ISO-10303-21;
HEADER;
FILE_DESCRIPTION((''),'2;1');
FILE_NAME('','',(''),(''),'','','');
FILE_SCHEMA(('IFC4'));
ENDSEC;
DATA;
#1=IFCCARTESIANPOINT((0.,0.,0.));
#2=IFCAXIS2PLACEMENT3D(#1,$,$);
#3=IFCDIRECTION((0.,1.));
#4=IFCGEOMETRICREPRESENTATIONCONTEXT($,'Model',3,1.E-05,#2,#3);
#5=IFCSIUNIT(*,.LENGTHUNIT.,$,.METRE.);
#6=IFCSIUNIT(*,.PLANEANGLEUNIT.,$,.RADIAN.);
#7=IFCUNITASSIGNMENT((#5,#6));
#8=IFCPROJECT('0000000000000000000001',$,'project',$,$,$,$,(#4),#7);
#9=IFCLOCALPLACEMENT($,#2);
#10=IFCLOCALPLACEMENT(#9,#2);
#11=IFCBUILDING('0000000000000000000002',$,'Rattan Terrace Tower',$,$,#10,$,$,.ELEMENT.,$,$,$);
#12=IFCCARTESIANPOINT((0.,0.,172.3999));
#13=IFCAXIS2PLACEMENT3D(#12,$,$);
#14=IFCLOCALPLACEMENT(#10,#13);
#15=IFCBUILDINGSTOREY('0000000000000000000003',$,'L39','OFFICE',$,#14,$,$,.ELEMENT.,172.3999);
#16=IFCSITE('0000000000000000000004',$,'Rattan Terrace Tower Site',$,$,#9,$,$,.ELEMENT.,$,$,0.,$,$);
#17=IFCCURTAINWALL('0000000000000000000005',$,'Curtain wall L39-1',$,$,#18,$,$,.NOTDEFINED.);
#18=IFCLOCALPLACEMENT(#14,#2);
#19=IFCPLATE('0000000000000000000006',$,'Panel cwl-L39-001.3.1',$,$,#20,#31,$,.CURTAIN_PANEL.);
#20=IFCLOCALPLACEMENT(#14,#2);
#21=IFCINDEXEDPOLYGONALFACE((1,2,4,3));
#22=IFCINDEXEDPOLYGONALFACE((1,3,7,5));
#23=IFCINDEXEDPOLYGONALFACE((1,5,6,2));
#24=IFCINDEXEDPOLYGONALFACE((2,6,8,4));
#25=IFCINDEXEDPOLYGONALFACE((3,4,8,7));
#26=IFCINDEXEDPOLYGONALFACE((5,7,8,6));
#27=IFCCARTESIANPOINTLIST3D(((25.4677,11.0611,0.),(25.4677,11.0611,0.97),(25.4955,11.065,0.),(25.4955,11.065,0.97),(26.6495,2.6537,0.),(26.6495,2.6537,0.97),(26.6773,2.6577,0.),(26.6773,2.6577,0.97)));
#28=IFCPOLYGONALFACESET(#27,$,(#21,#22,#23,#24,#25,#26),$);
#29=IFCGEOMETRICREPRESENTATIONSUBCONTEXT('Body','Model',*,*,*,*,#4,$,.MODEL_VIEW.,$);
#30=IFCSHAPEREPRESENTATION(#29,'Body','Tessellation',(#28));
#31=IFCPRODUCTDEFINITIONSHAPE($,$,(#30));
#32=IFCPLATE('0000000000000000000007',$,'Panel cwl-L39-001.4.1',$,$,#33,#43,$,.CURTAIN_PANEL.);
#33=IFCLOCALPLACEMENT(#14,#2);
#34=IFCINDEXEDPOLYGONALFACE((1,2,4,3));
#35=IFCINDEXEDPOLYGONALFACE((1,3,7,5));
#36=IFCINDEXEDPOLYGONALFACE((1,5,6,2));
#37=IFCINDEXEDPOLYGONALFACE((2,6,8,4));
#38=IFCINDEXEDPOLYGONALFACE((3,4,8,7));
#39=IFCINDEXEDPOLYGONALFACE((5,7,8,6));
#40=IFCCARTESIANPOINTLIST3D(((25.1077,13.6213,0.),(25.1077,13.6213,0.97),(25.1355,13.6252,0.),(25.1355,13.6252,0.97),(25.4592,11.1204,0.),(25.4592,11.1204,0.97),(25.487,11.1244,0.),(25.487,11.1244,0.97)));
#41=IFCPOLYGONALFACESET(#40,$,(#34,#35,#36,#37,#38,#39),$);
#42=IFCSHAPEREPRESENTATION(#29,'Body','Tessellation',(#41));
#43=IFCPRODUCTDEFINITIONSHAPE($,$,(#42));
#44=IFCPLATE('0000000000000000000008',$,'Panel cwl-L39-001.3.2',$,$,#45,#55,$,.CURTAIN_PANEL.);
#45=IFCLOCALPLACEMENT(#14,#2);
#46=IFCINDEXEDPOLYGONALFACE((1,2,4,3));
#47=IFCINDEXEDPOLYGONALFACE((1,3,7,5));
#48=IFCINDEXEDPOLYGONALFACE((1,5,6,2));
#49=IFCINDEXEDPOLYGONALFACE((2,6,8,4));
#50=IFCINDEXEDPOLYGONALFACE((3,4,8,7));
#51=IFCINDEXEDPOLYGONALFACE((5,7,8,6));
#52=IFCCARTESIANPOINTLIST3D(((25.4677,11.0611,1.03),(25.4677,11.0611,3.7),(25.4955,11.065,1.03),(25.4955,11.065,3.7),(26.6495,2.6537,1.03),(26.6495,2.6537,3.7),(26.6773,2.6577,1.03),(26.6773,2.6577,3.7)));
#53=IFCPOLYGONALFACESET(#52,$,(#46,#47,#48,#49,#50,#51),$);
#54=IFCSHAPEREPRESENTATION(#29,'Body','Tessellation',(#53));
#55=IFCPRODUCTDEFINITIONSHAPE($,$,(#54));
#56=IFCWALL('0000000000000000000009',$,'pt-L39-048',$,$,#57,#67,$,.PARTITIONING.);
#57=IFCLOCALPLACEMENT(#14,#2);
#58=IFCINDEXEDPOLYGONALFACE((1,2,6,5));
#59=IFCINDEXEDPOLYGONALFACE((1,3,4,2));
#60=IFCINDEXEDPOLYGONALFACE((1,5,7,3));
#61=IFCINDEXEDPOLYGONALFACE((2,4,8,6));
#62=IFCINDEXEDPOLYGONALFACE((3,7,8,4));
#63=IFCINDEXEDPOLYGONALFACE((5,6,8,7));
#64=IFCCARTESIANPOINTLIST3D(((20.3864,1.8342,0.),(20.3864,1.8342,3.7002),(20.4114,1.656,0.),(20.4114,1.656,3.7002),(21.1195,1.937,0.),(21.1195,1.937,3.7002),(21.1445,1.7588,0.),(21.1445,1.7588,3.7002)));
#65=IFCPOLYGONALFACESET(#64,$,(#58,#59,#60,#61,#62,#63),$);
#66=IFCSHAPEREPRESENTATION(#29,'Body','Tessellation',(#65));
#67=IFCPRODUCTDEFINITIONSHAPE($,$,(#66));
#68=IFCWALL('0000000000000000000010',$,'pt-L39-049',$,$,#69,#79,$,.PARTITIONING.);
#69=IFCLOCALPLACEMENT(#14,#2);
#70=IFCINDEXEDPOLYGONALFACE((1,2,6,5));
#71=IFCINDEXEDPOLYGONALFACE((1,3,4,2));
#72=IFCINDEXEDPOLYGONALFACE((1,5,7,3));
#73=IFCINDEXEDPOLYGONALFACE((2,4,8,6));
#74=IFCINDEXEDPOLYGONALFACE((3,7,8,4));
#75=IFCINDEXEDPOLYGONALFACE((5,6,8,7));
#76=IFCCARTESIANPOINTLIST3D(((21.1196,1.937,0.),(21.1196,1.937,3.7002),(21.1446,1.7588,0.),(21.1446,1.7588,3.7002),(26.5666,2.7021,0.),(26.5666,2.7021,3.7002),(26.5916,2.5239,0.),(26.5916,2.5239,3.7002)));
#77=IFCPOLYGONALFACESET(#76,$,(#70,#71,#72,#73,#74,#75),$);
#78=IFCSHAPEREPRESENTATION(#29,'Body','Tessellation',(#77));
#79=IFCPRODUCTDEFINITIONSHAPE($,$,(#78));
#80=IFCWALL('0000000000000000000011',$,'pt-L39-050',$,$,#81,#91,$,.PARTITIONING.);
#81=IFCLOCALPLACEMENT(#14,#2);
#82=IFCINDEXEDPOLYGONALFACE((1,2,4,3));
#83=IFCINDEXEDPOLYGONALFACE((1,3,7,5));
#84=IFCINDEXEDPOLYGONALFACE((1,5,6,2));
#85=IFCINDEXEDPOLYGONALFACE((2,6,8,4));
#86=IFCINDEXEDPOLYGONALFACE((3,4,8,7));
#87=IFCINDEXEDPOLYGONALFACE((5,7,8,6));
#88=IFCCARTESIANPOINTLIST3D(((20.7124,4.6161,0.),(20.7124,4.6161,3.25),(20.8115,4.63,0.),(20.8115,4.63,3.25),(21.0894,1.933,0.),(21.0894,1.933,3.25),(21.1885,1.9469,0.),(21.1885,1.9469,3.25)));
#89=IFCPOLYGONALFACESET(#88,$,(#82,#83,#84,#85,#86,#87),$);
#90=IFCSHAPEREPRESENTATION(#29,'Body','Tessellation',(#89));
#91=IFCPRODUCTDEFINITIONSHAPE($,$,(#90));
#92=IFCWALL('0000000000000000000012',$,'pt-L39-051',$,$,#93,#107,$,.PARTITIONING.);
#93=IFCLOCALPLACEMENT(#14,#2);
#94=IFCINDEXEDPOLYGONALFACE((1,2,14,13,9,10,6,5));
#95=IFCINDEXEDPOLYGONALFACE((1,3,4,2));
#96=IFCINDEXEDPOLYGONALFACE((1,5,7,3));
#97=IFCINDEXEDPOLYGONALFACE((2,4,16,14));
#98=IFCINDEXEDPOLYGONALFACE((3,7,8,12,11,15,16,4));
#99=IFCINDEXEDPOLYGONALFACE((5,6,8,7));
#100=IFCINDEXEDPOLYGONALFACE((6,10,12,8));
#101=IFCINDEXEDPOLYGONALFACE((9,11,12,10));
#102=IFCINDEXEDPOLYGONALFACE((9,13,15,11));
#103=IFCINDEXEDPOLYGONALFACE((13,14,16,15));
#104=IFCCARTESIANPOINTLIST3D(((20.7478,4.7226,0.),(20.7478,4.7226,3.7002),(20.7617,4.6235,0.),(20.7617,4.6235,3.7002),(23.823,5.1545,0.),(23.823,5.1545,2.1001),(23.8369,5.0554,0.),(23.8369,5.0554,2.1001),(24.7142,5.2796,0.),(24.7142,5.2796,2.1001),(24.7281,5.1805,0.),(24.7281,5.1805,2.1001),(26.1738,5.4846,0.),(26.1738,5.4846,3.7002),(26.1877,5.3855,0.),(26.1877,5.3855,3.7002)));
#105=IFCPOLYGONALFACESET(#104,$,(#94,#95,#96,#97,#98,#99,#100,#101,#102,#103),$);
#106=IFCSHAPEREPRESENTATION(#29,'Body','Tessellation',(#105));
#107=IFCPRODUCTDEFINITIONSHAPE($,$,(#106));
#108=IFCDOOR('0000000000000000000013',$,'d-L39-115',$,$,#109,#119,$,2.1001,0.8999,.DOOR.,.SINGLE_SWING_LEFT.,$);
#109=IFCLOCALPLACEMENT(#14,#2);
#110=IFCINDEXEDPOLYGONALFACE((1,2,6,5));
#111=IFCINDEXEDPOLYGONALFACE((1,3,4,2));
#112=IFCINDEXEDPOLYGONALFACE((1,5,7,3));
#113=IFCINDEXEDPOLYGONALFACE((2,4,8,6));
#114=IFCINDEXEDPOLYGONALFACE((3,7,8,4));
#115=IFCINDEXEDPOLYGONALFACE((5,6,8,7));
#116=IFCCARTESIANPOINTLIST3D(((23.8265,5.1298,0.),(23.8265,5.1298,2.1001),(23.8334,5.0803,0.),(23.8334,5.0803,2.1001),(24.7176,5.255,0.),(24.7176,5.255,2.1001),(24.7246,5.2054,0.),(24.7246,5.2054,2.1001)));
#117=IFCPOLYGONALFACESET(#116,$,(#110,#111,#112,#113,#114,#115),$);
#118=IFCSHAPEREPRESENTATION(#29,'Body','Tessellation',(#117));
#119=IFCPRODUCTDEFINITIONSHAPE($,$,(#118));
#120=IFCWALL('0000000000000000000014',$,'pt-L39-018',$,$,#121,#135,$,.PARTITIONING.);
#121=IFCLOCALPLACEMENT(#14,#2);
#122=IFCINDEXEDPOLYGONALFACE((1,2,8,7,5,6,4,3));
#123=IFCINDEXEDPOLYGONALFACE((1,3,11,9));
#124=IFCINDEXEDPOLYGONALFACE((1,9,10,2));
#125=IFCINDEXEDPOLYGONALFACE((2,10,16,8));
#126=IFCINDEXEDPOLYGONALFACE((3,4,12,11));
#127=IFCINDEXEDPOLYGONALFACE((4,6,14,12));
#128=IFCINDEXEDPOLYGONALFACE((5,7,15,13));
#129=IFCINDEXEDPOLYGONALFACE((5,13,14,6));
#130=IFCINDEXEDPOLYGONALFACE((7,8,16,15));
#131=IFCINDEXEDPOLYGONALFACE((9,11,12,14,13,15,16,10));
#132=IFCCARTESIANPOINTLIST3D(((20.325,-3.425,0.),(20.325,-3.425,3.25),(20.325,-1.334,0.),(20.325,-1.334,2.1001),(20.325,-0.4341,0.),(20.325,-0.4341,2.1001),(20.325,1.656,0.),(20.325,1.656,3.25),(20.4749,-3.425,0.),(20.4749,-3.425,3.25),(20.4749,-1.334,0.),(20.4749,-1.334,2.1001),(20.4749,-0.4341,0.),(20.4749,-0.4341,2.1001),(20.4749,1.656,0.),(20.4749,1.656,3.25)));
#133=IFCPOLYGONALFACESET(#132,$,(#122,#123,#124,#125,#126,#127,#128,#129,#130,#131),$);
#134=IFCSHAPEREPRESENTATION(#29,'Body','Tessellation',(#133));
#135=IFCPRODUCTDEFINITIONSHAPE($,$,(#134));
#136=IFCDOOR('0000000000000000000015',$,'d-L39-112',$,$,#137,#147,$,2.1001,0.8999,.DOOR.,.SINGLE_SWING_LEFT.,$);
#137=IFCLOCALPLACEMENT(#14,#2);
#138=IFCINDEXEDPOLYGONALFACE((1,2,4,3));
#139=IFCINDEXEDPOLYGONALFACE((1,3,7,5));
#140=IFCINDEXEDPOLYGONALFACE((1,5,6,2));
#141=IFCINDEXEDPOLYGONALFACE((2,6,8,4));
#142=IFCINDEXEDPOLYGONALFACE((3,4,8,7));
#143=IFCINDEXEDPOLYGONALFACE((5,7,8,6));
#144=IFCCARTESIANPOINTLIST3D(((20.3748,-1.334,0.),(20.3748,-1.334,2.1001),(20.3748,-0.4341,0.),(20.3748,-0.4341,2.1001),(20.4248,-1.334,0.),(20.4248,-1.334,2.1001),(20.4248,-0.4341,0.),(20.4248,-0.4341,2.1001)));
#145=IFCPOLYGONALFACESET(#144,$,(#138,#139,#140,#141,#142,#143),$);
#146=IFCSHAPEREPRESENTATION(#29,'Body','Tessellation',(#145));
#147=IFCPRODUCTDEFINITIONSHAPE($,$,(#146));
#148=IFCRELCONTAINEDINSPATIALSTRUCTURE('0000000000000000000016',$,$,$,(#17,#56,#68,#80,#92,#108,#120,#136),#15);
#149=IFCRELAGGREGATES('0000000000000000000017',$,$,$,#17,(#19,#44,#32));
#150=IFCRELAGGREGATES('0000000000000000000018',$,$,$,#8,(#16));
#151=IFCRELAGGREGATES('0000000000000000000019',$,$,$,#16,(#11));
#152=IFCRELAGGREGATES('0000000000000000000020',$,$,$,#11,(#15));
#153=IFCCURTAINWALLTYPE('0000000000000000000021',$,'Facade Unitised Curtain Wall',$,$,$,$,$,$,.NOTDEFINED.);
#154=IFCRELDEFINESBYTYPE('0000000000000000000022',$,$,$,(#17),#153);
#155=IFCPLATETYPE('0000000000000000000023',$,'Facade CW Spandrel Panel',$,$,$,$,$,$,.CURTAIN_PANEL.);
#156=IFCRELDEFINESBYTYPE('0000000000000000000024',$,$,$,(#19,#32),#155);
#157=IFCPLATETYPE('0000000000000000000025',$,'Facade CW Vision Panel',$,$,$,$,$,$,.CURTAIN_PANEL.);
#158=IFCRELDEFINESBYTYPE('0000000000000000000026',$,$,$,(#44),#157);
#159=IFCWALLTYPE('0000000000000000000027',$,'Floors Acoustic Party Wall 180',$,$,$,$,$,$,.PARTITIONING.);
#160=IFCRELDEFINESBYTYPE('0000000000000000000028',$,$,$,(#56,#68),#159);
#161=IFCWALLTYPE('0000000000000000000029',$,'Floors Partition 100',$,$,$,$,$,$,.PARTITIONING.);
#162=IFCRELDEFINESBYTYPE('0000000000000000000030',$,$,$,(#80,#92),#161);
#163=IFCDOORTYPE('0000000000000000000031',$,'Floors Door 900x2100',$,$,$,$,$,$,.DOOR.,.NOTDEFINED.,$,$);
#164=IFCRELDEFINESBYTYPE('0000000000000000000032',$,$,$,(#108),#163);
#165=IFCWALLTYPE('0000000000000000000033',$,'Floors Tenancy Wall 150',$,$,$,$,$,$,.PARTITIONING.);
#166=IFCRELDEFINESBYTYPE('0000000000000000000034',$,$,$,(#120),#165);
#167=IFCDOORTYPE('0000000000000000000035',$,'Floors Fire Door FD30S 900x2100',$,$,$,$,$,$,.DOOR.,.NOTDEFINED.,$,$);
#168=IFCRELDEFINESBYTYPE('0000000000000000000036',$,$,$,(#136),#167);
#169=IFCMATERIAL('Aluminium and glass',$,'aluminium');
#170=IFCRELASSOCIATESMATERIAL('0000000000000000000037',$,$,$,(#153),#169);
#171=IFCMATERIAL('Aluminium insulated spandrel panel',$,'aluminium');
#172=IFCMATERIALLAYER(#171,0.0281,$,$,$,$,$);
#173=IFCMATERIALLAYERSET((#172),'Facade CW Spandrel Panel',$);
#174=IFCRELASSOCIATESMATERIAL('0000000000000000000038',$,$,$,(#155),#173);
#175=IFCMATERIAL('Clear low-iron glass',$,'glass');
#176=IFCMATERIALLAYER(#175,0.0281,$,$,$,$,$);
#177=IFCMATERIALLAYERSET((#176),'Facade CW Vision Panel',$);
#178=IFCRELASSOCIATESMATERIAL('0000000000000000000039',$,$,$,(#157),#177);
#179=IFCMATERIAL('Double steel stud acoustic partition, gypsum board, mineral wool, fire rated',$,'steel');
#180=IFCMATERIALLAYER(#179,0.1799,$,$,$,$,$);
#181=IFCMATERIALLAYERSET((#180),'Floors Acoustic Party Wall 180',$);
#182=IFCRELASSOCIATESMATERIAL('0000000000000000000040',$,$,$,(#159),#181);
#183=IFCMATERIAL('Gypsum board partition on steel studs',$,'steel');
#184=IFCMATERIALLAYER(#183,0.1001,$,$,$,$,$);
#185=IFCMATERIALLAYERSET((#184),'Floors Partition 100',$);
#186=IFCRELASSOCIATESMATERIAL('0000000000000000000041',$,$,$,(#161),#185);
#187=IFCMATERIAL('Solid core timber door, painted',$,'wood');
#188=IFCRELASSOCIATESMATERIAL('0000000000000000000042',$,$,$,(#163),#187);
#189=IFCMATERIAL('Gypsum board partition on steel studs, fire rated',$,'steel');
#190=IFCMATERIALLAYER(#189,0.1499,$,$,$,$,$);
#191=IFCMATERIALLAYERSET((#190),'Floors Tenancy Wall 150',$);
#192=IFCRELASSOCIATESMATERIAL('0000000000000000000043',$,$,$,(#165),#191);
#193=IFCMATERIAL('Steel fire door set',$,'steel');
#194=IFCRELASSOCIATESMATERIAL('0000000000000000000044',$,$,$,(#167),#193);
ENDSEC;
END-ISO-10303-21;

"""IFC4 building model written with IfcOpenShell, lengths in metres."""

from ifc_helpers import new_model, si_unit, direction, frame, frame_2d, origin, origin_2d, place, context, subcontext, project, spatial, rectangle, extrude, material, layer, layer_set, type_object, element, fill, aggregate, save


model = new_model("IFC4")

# Units and contexts
model_context = context("Model", 3, precision=1e-05, world=origin(), true_north=direction((0.0, 1.0)))
body_context = subcontext(model_context, "Body", "Model", "MODEL_VIEW")
ifc_project = project(units=[si_unit("LENGTHUNIT", "METRE"), si_unit("PLANEANGLEUNIT", "RADIAN")], contexts=[model_context])

# Site, building, storey
site_placement = place(None, origin())
site = spatial("IfcSite", under=ifc_project, at=site_placement, Name="Rattan Terrace Tower Site", CompositionType="ELEMENT", RefElevation=0.0)
building_placement = place(site_placement, origin())
building = spatial("IfcBuilding", under=site, at=building_placement, Name="Rattan Terrace Tower", CompositionType="ELEMENT")
storey_placement = place(building_placement, frame((0.0, 0.0, 172.3999)))
storey = spatial("IfcBuildingStorey", under=building, at=storey_placement, Name="L39", Description="OFFICE", CompositionType="ELEMENT", Elevation=172.3999)

# Curtain wall
ifc_material_1 = material(Name="Aluminium and glass", Category="aluminium")
curtain_wall_type = type_object("IfcCurtainWallType", Name="Facade Unitised Curtain Wall", PredefinedType="NOTDEFINED", material=ifc_material_1)
curtain_wall_placement = place(storey_placement, origin())
curtain_wall = element("IfcCurtainWall", 1, at=curtain_wall_placement, inside=storey, type_object=curtain_wall_type, Name="Curtain wall L39-1", PredefinedType="NOTDEFINED")

# Plates
ifc_material_2 = material(Name="Aluminium insulated spandrel panel", Category="aluminium")
ifc_layer_1 = layer(ifc_material_2, 0.0281)
ifc_layer_set_1 = layer_set([ifc_layer_1], Name="Facade CW Spandrel Panel")
plate_type_1 = type_object("IfcPlateType", Name="Facade CW Spandrel Panel", PredefinedType="CURTAIN_PANEL", material=ifc_layer_set_1)
plate_1_placement = place(storey_placement, frame((26.0725, 6.8594, 0.0), z_axis=(0.0, 0.0, 1.0), x_axis=(-0.139191, 0.990266, 0.0)))
plate_1 = element("IfcPlate", 2, at=plate_1_placement, type_object=plate_type_1, Name="Panel cwl-L39-001.3.1", PredefinedType="CURTAIN_PANEL", context=body_context, shape_type="SweptSolid", body=[
    extrude(rectangle(XDim=8.49, YDim=0.0281, at=origin_2d()), origin(), (0.0, 0.0, 1.0), 0.97),
])
plate_2_placement = place(storey_placement, frame((25.2974, 12.3728, 0.0), z_axis=(0.0, 0.0, 1.0), x_axis=(-0.139191, 0.990266, 0.0)))
plate_2 = element("IfcPlate", 3, at=plate_2_placement, type_object=plate_type_1, Name="Panel cwl-L39-001.4.1", PredefinedType="CURTAIN_PANEL", context=body_context, shape_type="SweptSolid", body=[
    extrude(rectangle(XDim=2.5254, YDim=0.0281, at=origin_2d()), origin(), (0.0, 0.0, 1.0), 0.97),
])
ifc_material_3 = material(Name="Clear low-iron glass", Category="glass")
ifc_layer_2 = layer(ifc_material_3, 0.0281)
ifc_layer_set_2 = layer_set([ifc_layer_2], Name="Facade CW Vision Panel")
plate_type_2 = type_object("IfcPlateType", Name="Facade CW Vision Panel", PredefinedType="CURTAIN_PANEL", material=ifc_layer_set_2)
plate_3_placement = place(storey_placement, frame((26.0725, 6.8594, 1.03), z_axis=(0.0, 0.0, 1.0), x_axis=(-0.139191, 0.990266, 0.0)))
plate_3 = element("IfcPlate", 4, at=plate_3_placement, type_object=plate_type_2, Name="Panel cwl-L39-001.3.2", PredefinedType="CURTAIN_PANEL", context=body_context, shape_type="SweptSolid", body=[
    extrude(rectangle(XDim=8.49, YDim=0.0281, at=origin_2d()), origin(), (0.0, 0.0, 1.0), 2.6699),
])
aggregate(curtain_wall, [plate_1, plate_3, plate_2])

# Walls
ifc_material_4 = material(Name="Double steel stud acoustic partition, gypsum board, mineral wool, fire rated", Category="steel")
ifc_layer_3 = layer(ifc_material_4, 0.1799)
ifc_layer_set_3 = layer_set([ifc_layer_3], Name="Floors Acoustic Party Wall 180")
wall_type_1 = type_object("IfcWallType", Name="Floors Acoustic Party Wall 180", PredefinedType="PARTITIONING", material=ifc_layer_set_3)
wall_1_placement = place(storey_placement, frame((20.3989, 1.7451, 0.0), z_axis=(0.0, 0.0, 1.0), x_axis=(0.990315, 0.138835, 0.0)))
element("IfcWall", 5, at=wall_1_placement, inside=storey, type_object=wall_type_1, Name="pt-L39-048", PredefinedType="PARTITIONING", context=body_context, shape_type="SweptSolid", body=[
    extrude(rectangle(XDim=0.7402, YDim=0.1799, at=frame_2d((0.3701, 0.0))), origin(), (0.0, 0.0, 1.0), 3.7002),
])
wall_2_placement = place(storey_placement, frame((21.1321, 1.8479, 0.0), z_axis=(0.0, 0.0, 1.0), x_axis=(0.990278, 0.139103, 0.0)))
element("IfcWall", 6, at=wall_2_placement, inside=storey, type_object=wall_type_1, Name="pt-L39-049", PredefinedType="PARTITIONING", context=body_context, shape_type="SweptSolid", body=[
    extrude(rectangle(XDim=5.5005, YDim=0.1799, at=frame_2d((2.7502, 0.0))), origin(), (0.0, 0.0, 1.0), 3.7002),
])
ifc_material_5 = material(Name="Gypsum board partition on steel studs", Category="steel")
ifc_layer_4 = layer(ifc_material_5, 0.1001)
ifc_layer_set_4 = layer_set([ifc_layer_4], Name="Floors Partition 100")
wall_type_2 = type_object("IfcWallType", Name="Floors Partition 100", PredefinedType="PARTITIONING", material=ifc_layer_set_4)
wall_3_placement = place(storey_placement, frame((20.762, 4.623, 0.0), z_axis=(0.0, 0.0, 1.0), x_axis=(0.139125, -0.990275, 0.0)))
element("IfcWall", 7, at=wall_3_placement, inside=storey, type_object=wall_type_2, Name="pt-L39-050", PredefinedType="PARTITIONING", context=body_context, shape_type="SweptSolid", body=[
    extrude(rectangle(XDim=2.7095, YDim=0.1001, at=frame_2d((1.3547, 0.0))), origin(), (0.0, 0.0, 1.0), 3.25),
])

# Walls, openings, doors
wall_4_placement = place(storey_placement, frame((26.1809, 5.4351, 0.0), z_axis=(0.0, 0.0, 1.0), x_axis=(-0.990284, -0.139063, 0.0)))
wall_4 = element("IfcWall", 8, at=wall_4_placement, inside=storey, type_object=wall_type_2, Name="pt-L39-051", PredefinedType="PARTITIONING", context=body_context, shape_type="SweptSolid", body=[
    extrude(rectangle(XDim=5.4792, YDim=0.1001, at=frame_2d((2.7397, 0.0))), origin(), (0.0, 0.0, 1.0), 3.7002),
])
opening_1_placement = place(wall_4_placement, frame((1.4741, 0.0, 0.0)))
opening_1 = element("IfcOpeningElement", 9, at=opening_1_placement, cuts=wall_4, PredefinedType="OPENING", context=body_context, shape_type="SweptSolid", body=[
    extrude(rectangle(XDim=0.8999, YDim=2.1001, at=frame_2d((0.45, 1.05))), frame((0.0, 0.0605, 0.0), z_axis=(0.0, -1.0, 0.0), x_axis=(1.0, 0.0, 0.0)), (0.0, 0.0, 1.0), 0.1211),
])
ifc_material_6 = material(Name="Solid core timber door, painted", Category="wood")
door_type_1 = type_object("IfcDoorType", Name="Floors Door 900x2100", OperationType="NOTDEFINED", PredefinedType="DOOR", material=ifc_material_6)
door_1_placement = place(opening_1_placement, origin())
door_1 = element("IfcDoor", 10, at=door_1_placement, inside=storey, type_object=door_type_1, Name="d-L39-115", OperationType="SINGLE_SWING_LEFT", OverallHeight=2.1001, OverallWidth=0.8999, PredefinedType="DOOR", context=body_context, shape_type="SweptSolid", body=[
    extrude(rectangle(XDim=0.8999, YDim=2.1001, at=frame_2d((0.45, 1.05))), frame((0.0, 0.0249, 0.0), z_axis=(0.0, -1.0, 0.0), x_axis=(1.0, 0.0, 0.0)), (0.0, 0.0, 1.0), 0.05),
])
fill(opening_1, door_1)
ifc_material_7 = material(Name="Gypsum board partition on steel studs, fire rated", Category="steel")
ifc_layer_5 = layer(ifc_material_7, 0.1499)
ifc_layer_set_5 = layer_set([ifc_layer_5], Name="Floors Tenancy Wall 150")
wall_type_3 = type_object("IfcWallType", Name="Floors Tenancy Wall 150", PredefinedType="PARTITIONING", material=ifc_layer_set_5)
wall_5_placement = place(storey_placement, frame((20.3999, 1.656, 0.0), z_axis=(0.0, 0.0, 1.0), x_axis=(0.0, -1.0, 0.0)))
wall_5 = element("IfcWall", 11, at=wall_5_placement, inside=storey, type_object=wall_type_3, Name="pt-L39-018", PredefinedType="PARTITIONING", context=body_context, shape_type="SweptSolid", body=[
    extrude(rectangle(XDim=5.0811, YDim=0.1499, at=frame_2d((2.5405, 0.0))), origin(), (0.0, 0.0, 1.0), 3.25),
])
opening_2_placement = place(wall_5_placement, frame((2.0901, 0.0, 0.0)))
opening_2 = element("IfcOpeningElement", 12, at=opening_2_placement, cuts=wall_5, PredefinedType="OPENING", context=body_context, shape_type="SweptSolid", body=[
    extrude(rectangle(XDim=0.8999, YDim=2.1001, at=frame_2d((0.45, 1.05))), frame((0.0, 0.0854, 0.0), z_axis=(0.0, -1.0, 0.0), x_axis=(1.0, 0.0, 0.0)), (0.0, 0.0, 1.0), 0.1709),
])
ifc_material_8 = material(Name="Steel fire door set", Category="steel")
door_type_2 = type_object("IfcDoorType", Name="Floors Fire Door FD30S 900x2100", OperationType="NOTDEFINED", PredefinedType="DOOR", material=ifc_material_8)
door_2_placement = place(opening_2_placement, origin())
door_2 = element("IfcDoor", 13, at=door_2_placement, inside=storey, type_object=door_type_2, Name="d-L39-112", OperationType="SINGLE_SWING_LEFT", OverallHeight=2.1001, OverallWidth=0.8999, PredefinedType="DOOR", context=body_context, shape_type="SweptSolid", body=[
    extrude(rectangle(XDim=0.8999, YDim=2.1001, at=frame_2d((0.45, 1.05))), frame((0.0, 0.0249, 0.0), z_axis=(0.0, -1.0, 0.0), x_axis=(1.0, 0.0, 0.0)), (0.0, 0.0, 1.0), 0.05),
])
fill(opening_2, door_2)

save(model, "model.ifc")
